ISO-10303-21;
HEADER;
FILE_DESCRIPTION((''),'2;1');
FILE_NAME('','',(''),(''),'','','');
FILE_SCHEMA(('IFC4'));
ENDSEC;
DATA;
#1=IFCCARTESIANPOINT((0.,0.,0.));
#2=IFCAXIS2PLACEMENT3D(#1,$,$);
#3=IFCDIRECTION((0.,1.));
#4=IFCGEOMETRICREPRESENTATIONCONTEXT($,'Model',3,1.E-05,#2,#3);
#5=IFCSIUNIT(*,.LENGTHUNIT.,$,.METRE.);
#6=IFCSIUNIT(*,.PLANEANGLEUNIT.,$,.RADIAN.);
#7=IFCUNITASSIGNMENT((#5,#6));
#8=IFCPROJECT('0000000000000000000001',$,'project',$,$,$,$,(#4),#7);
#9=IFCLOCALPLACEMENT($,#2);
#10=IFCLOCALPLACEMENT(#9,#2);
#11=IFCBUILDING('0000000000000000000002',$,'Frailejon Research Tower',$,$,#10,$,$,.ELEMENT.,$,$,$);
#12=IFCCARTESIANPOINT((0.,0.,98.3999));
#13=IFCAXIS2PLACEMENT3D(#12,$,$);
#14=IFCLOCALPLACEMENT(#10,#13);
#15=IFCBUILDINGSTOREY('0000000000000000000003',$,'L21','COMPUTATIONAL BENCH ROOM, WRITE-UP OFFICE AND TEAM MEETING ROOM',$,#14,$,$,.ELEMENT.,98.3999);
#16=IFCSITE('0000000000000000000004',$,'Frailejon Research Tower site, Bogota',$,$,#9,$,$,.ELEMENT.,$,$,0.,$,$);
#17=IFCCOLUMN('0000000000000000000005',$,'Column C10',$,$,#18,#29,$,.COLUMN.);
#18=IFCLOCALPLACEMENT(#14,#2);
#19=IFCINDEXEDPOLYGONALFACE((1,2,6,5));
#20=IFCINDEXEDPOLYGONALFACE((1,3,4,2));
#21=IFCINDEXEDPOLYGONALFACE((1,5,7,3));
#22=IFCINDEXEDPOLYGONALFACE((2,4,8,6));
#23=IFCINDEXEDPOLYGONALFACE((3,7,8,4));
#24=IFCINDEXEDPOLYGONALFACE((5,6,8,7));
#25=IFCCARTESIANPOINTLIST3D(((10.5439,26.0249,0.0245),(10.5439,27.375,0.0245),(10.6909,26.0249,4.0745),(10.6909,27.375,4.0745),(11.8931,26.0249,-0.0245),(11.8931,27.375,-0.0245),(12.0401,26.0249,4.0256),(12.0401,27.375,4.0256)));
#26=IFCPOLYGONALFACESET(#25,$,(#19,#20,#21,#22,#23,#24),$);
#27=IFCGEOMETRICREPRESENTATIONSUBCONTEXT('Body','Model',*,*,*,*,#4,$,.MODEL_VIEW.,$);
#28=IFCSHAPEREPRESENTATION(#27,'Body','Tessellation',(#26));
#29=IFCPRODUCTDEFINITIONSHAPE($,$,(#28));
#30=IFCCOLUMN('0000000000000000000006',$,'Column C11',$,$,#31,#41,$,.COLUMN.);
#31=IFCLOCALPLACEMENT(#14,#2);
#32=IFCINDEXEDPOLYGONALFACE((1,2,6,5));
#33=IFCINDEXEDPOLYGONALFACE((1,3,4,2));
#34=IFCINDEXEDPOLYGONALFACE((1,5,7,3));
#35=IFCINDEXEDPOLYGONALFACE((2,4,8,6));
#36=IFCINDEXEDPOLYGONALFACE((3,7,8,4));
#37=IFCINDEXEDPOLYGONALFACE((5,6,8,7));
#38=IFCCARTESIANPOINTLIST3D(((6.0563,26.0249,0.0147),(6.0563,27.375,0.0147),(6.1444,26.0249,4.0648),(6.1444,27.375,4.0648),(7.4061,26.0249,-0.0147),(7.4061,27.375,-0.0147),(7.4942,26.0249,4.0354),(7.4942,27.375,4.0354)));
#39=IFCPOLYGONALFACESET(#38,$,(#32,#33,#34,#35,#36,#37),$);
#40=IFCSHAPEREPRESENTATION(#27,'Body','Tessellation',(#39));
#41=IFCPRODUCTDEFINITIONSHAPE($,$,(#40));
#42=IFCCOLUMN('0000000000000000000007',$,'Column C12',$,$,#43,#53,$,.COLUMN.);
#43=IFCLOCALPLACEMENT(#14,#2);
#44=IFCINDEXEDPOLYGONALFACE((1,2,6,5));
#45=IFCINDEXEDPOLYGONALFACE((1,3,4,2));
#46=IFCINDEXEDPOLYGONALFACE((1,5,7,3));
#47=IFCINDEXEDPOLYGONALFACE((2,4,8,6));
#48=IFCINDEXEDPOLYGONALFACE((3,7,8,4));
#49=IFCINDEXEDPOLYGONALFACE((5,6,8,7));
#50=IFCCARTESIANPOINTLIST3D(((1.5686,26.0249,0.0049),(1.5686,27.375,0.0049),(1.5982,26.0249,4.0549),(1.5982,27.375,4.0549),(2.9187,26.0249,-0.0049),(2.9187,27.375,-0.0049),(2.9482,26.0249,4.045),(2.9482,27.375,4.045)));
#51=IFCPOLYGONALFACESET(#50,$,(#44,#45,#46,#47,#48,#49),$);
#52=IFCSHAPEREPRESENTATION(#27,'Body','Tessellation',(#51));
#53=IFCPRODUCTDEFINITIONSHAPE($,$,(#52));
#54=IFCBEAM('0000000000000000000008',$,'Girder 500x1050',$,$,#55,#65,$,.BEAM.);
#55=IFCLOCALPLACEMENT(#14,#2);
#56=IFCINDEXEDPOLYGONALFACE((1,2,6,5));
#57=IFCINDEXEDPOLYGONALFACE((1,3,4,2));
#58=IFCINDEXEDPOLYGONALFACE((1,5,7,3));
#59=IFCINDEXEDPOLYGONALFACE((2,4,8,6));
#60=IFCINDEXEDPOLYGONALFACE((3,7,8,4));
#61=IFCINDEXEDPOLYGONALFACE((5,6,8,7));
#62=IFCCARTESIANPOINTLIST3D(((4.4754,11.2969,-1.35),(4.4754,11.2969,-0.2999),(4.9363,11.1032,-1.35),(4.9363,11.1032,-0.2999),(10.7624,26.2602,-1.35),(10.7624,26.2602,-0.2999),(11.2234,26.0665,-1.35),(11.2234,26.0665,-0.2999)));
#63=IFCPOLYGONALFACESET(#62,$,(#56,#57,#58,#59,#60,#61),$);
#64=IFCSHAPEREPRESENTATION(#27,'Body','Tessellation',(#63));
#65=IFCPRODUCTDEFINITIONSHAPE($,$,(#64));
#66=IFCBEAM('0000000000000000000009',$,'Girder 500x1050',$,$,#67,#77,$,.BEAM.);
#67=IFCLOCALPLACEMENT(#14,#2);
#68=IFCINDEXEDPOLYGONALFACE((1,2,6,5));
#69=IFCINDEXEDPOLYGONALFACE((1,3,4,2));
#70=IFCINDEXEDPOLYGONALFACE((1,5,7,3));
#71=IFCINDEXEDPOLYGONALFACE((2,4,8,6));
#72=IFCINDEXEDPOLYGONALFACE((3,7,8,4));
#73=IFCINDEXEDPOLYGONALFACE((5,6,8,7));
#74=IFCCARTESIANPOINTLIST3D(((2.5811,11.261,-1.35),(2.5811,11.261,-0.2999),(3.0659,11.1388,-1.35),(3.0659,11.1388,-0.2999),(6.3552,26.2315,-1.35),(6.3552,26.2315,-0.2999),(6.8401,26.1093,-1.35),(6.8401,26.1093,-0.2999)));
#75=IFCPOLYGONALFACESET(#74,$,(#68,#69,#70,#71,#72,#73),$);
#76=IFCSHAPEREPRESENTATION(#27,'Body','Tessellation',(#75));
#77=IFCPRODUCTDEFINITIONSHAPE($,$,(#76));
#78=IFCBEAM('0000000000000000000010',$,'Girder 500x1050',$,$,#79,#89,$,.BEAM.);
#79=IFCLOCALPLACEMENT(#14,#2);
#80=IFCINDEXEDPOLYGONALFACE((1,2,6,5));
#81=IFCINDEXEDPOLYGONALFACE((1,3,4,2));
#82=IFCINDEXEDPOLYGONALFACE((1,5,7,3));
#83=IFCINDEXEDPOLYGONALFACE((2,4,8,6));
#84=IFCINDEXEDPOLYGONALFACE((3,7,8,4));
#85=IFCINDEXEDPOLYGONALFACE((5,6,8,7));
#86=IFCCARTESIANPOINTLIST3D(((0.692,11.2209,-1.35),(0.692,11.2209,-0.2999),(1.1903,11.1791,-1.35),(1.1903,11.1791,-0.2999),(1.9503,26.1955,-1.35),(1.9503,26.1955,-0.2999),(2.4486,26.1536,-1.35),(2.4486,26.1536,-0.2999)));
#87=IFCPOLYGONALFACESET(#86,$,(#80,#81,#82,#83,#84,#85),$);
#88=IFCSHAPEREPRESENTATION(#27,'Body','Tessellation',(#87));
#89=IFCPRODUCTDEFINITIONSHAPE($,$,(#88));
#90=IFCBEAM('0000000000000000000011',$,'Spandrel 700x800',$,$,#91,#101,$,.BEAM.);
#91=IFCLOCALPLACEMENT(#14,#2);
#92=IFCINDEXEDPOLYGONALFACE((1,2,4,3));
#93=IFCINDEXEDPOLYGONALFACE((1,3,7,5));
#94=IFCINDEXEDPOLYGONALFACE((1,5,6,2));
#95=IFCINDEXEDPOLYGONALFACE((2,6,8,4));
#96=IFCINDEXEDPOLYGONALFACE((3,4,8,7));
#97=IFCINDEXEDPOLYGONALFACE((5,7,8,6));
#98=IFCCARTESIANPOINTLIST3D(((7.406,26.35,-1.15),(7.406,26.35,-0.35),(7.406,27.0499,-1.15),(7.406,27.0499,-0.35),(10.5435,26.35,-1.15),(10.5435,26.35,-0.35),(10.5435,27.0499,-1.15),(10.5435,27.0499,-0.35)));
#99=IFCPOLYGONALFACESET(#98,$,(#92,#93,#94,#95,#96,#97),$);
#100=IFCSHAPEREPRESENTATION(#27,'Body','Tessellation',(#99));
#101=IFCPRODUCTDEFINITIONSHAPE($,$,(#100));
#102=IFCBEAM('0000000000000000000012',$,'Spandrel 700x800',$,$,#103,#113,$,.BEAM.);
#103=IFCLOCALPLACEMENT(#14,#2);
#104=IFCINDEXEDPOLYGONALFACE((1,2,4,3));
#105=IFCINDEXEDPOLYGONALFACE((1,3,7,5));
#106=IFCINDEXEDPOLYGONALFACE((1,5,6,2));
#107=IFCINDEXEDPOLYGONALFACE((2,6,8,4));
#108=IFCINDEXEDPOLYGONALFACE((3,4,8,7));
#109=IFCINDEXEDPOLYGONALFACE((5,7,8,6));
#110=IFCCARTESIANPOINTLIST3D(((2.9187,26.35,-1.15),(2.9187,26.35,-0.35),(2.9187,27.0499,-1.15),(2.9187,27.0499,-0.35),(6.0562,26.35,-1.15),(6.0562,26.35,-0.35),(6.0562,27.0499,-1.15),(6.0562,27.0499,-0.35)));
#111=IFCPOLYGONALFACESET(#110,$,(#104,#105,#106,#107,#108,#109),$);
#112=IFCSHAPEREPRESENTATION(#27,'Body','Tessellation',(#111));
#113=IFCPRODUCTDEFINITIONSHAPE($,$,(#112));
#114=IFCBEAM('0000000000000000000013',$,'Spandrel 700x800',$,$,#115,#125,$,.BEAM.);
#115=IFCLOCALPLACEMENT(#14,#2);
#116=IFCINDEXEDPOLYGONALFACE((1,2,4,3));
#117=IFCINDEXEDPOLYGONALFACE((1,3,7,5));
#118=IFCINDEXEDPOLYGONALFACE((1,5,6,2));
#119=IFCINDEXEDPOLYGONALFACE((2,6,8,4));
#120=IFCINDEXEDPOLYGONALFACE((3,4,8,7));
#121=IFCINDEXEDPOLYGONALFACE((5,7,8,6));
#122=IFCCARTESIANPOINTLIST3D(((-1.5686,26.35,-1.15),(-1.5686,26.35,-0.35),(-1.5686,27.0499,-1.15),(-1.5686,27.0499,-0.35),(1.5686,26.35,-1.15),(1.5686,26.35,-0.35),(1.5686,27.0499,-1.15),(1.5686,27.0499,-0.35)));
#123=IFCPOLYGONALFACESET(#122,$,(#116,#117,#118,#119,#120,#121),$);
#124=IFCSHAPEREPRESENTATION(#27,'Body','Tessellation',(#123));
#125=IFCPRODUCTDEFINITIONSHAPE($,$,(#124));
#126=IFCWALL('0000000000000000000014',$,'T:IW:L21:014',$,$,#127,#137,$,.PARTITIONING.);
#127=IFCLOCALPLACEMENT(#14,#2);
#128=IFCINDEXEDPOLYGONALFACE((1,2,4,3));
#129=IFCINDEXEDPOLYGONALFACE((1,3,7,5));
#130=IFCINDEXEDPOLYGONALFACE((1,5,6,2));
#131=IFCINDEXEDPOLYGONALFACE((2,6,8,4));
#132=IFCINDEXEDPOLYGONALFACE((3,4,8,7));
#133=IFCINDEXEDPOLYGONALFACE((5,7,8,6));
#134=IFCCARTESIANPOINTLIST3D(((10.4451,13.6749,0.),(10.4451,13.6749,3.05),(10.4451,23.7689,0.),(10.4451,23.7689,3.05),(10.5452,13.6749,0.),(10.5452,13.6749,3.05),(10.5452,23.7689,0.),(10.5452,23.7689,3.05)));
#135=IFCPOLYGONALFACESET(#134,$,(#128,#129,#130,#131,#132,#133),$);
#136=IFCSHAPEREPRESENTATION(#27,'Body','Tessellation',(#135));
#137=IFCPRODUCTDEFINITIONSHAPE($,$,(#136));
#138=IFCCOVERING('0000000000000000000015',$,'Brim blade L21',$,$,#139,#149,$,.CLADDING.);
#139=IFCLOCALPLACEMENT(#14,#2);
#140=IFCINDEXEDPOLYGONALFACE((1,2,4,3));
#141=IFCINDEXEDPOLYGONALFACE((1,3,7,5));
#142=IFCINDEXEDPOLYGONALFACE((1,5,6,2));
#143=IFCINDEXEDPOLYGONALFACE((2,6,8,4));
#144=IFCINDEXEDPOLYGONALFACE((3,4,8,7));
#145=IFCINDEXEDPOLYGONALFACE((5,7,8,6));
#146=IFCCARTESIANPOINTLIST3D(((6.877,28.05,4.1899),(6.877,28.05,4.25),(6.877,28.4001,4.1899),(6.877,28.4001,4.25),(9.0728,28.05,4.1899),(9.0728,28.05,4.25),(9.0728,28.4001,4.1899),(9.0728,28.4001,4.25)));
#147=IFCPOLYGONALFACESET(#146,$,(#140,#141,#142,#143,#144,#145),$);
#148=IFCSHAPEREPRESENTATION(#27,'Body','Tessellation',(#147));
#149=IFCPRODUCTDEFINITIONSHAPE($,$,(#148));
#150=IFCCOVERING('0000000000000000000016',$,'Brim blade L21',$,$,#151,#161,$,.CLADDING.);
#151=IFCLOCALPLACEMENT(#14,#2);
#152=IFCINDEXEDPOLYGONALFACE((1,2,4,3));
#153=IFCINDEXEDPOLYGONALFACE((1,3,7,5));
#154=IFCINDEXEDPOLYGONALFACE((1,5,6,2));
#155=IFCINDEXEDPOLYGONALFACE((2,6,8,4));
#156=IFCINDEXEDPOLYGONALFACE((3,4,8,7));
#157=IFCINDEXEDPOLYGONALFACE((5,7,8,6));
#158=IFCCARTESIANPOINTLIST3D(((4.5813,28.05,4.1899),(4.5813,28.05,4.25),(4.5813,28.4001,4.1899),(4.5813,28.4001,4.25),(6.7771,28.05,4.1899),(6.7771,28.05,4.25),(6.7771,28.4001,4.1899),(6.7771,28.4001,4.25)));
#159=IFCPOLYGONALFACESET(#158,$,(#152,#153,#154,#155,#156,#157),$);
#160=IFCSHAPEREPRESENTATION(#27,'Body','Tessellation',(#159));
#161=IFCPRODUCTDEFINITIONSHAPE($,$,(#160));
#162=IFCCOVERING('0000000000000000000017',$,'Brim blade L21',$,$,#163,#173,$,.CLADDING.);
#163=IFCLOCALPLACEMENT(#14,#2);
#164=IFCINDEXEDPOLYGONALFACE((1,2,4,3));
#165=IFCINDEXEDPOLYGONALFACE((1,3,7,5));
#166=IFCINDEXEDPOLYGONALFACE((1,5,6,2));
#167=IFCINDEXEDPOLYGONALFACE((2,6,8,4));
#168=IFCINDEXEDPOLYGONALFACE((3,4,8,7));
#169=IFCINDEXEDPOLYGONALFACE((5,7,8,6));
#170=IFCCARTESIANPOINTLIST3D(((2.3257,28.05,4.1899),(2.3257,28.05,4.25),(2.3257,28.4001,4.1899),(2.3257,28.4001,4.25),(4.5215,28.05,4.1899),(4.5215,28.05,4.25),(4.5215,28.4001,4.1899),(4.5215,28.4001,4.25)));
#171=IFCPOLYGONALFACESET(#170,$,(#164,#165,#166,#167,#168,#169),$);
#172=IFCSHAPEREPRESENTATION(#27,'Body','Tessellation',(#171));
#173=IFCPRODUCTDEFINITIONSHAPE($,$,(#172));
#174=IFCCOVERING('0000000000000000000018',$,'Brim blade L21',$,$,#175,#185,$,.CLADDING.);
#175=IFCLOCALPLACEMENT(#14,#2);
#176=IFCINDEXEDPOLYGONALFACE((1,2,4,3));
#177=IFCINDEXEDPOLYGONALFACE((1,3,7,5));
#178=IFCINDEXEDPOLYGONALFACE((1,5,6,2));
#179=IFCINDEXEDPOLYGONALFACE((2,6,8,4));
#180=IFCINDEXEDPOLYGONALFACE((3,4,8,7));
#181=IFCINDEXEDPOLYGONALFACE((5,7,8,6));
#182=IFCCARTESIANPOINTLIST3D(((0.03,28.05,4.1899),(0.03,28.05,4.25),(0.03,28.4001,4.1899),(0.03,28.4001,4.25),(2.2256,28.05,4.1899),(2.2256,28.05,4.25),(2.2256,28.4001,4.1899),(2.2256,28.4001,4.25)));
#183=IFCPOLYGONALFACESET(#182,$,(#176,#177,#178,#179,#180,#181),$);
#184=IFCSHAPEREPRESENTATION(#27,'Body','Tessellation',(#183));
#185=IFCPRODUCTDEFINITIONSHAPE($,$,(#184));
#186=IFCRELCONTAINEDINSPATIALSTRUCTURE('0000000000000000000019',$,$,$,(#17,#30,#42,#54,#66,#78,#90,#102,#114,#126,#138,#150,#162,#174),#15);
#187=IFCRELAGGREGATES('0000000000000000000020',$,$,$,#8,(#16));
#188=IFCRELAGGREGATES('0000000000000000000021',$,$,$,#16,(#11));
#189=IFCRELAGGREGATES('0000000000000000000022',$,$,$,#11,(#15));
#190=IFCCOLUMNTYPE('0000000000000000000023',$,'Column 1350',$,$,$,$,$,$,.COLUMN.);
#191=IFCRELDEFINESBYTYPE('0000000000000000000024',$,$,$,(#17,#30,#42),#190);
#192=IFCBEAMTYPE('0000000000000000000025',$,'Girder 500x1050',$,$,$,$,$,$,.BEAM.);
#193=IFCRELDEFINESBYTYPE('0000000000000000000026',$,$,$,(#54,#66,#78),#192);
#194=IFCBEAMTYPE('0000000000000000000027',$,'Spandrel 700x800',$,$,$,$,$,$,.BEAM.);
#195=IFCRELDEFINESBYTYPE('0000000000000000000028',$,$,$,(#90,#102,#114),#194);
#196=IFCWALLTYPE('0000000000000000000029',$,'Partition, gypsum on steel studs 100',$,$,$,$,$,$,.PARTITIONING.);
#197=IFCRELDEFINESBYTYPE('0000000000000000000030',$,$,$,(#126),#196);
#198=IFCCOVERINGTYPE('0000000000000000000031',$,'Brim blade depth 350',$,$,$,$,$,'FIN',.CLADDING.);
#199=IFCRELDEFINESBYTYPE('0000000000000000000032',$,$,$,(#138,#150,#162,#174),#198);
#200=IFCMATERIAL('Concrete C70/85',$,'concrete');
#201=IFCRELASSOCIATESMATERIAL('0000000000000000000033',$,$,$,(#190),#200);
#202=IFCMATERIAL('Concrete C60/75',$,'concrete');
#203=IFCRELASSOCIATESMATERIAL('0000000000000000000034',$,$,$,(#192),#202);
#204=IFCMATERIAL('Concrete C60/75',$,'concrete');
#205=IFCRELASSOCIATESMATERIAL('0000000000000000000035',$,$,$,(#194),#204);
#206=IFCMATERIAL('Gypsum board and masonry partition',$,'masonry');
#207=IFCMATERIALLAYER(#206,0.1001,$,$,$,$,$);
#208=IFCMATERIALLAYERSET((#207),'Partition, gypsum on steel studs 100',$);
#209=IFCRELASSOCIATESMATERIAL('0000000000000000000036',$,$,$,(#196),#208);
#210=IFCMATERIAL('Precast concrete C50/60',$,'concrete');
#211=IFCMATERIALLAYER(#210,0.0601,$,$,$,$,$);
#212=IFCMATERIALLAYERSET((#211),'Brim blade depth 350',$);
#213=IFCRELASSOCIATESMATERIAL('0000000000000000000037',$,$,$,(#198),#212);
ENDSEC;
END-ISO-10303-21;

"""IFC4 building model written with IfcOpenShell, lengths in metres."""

from ifc_helpers import new_model, si_unit, direction, frame, frame_2d, origin, origin_2d, place, context, subcontext, project, spatial, polyline, rectangle, outline, extrude, material, layer, layer_set, material_profile, profile_set, type_object, element, save


model = new_model("IFC4")

# Units and contexts
model_context = context("Model", 3, precision=1e-05, world=origin(), true_north=direction((0.0, 1.0)))
body_context = subcontext(model_context, "Body", "Model", "MODEL_VIEW")
ifc_project = project(units=[si_unit("LENGTHUNIT", "METRE"), si_unit("PLANEANGLEUNIT", "RADIAN")], contexts=[model_context])

# Site, building, storey
site_placement = place(None, origin())
site = spatial("IfcSite", under=ifc_project, at=site_placement, Name="Frailejon Research Tower site, Bogota", CompositionType="ELEMENT", RefElevation=0.0)
building_placement = place(site_placement, origin())
building = spatial("IfcBuilding", under=site, at=building_placement, Name="Frailejon Research Tower", CompositionType="ELEMENT")
storey_placement = place(building_placement, frame((0.0, 0.0, 98.3999)))
storey = spatial("IfcBuildingStorey", under=building, at=storey_placement, Name="L21", Description="COMPUTATIONAL BENCH ROOM, WRITE-UP OFFICE AND TEAM MEETING ROOM", CompositionType="ELEMENT", Elevation=98.3999)

# Columns
ifc_material_1 = material(Name="Concrete C70/85", Category="concrete")
ifc_material_profile_1 = material_profile(ifc_material_1, rectangle(XDim=1.3501, YDim=1.3501, at=origin_2d()), Name="Column 1350")
ifc_profile_set_1 = profile_set([ifc_material_profile_1], Name="Concrete C70/85")
column_type = type_object("IfcColumnType", Name="Column 1350", PredefinedType="COLUMN", material=ifc_profile_set_1)
column_1_placement = place(storey_placement, frame((11.2185, 26.7, 0.0), z_axis=(0.036265, 0.0, 0.999342), x_axis=(-0.999342, 0.0, 0.036265)))
element("IfcColumn", 1, at=column_1_placement, inside=storey, type_object=column_type, Name="Column C10", PredefinedType="COLUMN", context=body_context, shape_type="SweptSolid", body=[
    extrude(rectangle(XDim=1.3501, YDim=1.3501, at=origin_2d()), origin(), (0.0, 0.0, 1.0), 4.0527),
])
column_2_placement = place(storey_placement, frame((6.7312, 26.7, 0.0), z_axis=(0.021756, 0.0, 0.999763), x_axis=(-0.999763, 0.0, 0.021756)))
element("IfcColumn", 2, at=column_2_placement, inside=storey, type_object=column_type, Name="Column C11", PredefinedType="COLUMN", context=body_context, shape_type="SweptSolid", body=[
    extrude(rectangle(XDim=1.3501, YDim=1.3501, at=origin_2d()), origin(), (0.0, 0.0, 1.0), 4.051),
])
column_3_placement = place(storey_placement, frame((2.2437, 26.7, 0.0), z_axis=(0.007294, 0.0, 0.999973), x_axis=(-0.999973, 0.0, 0.007294)))
element("IfcColumn", 3, at=column_3_placement, inside=storey, type_object=column_type, Name="Column C12", PredefinedType="COLUMN", context=body_context, shape_type="SweptSolid", body=[
    extrude(rectangle(XDim=1.3501, YDim=1.3501, at=origin_2d()), origin(), (0.0, 0.0, 1.0), 4.05),
])

# Beams
ifc_material_2 = material(Name="Concrete C60/75", Category="concrete")
ifc_material_profile_2 = material_profile(ifc_material_2, rectangle(XDim=0.5, YDim=1.05, at=origin_2d()), Name="Girder 500x1050")
ifc_profile_set_2 = profile_set([ifc_material_profile_2], Name="Concrete C60/75")
beam_type_1 = type_object("IfcBeamType", Name="Girder 500x1050", PredefinedType="BEAM", material=ifc_profile_set_2)
beam_1_placement = place(storey_placement, frame((10.9929, 26.1633, -0.825), z_axis=(-0.387363, -0.921927, 0.0), x_axis=(0.921927, -0.387363, 0.0)))
element("IfcBeam", 4, at=beam_1_placement, inside=storey, type_object=beam_type_1, Name="Girder 500x1050", PredefinedType="BEAM", context=body_context, shape_type="SweptSolid", body=[
    extrude(rectangle(XDim=0.5, YDim=1.05, at=origin_2d()), origin(), (0.0, 0.0, 1.0), 16.2305),
])
beam_2_placement = place(storey_placement, frame((6.5977, 26.1704, -0.825), z_axis=(-0.244459, -0.96966, 0.0), x_axis=(0.96966, -0.244459, 0.0)))
element("IfcBeam", 5, at=beam_2_placement, inside=storey, type_object=beam_type_1, Name="Girder 500x1050", PredefinedType="BEAM", context=body_context, shape_type="SweptSolid", body=[
    extrude(rectangle(XDim=0.5, YDim=1.05, at=origin_2d()), origin(), (0.0, 0.0, 1.0), 15.439),
])
beam_3_placement = place(storey_placement, frame((2.1995, 26.1746, -0.825), z_axis=(-0.083734, -0.996488, 0.0), x_axis=(0.996488, -0.083734, 0.0)))
element("IfcBeam", 6, at=beam_3_placement, inside=storey, type_object=beam_type_1, Name="Girder 500x1050", PredefinedType="BEAM", context=body_context, shape_type="SweptSolid", body=[
    extrude(rectangle(XDim=0.5, YDim=1.05, at=origin_2d()), origin(), (0.0, 0.0, 1.0), 15.0273),
])
ifc_material_3 = material(Name="Concrete C60/75", Category="concrete")
ifc_material_profile_3 = material_profile(ifc_material_3, rectangle(XDim=0.7, YDim=0.8, at=origin_2d()), Name="Spandrel 700x800")
ifc_profile_set_3 = profile_set([ifc_material_profile_3], Name="Concrete C60/75")
beam_type_2 = type_object("IfcBeamType", Name="Spandrel 700x800", PredefinedType="BEAM", material=ifc_profile_set_3)
for number, where, z_axis, x_axis, name in (
    (7, (10.5435, 26.7, -0.75), (-1.0, 0.0, 0.0), (0.0, -1.0, 0.0), "Spandrel 700x800"),
    (8, (6.0562, 26.7, -0.75), (-1.0, 0.0, 0.0), (0.0, -1.0, 0.0), "Spandrel 700x800"),
):
    element("IfcBeam", number, at=place(storey_placement, frame(where, z_axis=z_axis, x_axis=x_axis)), inside=storey, type_object=beam_type_2, Name=name, PredefinedType="BEAM", context=body_context, shape_type="SweptSolid", body=[
        extrude(rectangle(XDim=0.7, YDim=0.8, at=origin_2d()), origin(), (0.0, 0.0, 1.0), 3.1375),
    ])
beam_4_placement = place(storey_placement, frame((1.5686, 26.7, -0.75), z_axis=(-1.0, 0.0, 0.0), x_axis=(0.0, -1.0, 0.0)))
element("IfcBeam", 9, at=beam_4_placement, inside=storey, type_object=beam_type_2, Name="Spandrel 700x800", PredefinedType="BEAM", context=body_context, shape_type="SweptSolid", body=[
    extrude(rectangle(XDim=0.7, YDim=0.8, at=origin_2d()), origin(), (0.0, 0.0, 1.0), 3.1372),
])

# Wall
ifc_material_4 = material(Name="Gypsum board and masonry partition", Category="masonry")
ifc_layer_1 = layer(ifc_material_4, 0.1001)
ifc_layer_set_1 = layer_set([ifc_layer_1], Name="Partition, gypsum on steel studs 100")
wall_type_1 = type_object("IfcWallType", Name="Partition, gypsum on steel studs 100", PredefinedType="PARTITIONING", material=ifc_layer_set_1)
wall_1_placement = place(storey_placement, frame((10.4951, 13.675, 0.0), z_axis=(0.0, 0.0, 1.0), x_axis=(0.0, 1.0, 0.0)))
element("IfcWall", 10, at=wall_1_placement, inside=storey, type_object=wall_type_1, Name="T:IW:L21:014", PredefinedType="PARTITIONING", context=body_context, shape_type="SweptSolid", body=[
    extrude(rectangle(XDim=10.094, YDim=0.1001, at=frame_2d((5.0469, 0.0))), origin(), (0.0, 0.0, 1.0), 3.05),
])

# Coverings
ifc_material_5 = material(Name="Precast concrete C50/60", Category="concrete")
ifc_layer_2 = layer(ifc_material_5, 0.0601)
ifc_layer_set_2 = layer_set([ifc_layer_2], Name="Brim blade depth 350")
covering_type_1 = type_object("IfcCoveringType", Name="Brim blade depth 350", ElementType="FIN", PredefinedType="CLADDING", material=ifc_layer_set_2)
for number, where, z_axis, x_axis, name in (
    (11, (6.877, 28.05, 4.25), (1.0, 0.0, 0.0), (0.0, 1.0, 0.0), "Brim blade L21"),
    (12, (4.5813, 28.05, 4.25), (1.0, 0.0, 0.0), (0.0, 1.0, 0.0), "Brim blade L21"),
    (13, (2.3257, 28.05, 4.25), (1.0, 0.0, 0.0), (0.0, 1.0, 0.0), "Brim blade L21"),
):
    element("IfcCovering", number, at=place(storey_placement, frame(where, z_axis=z_axis, x_axis=x_axis)), inside=storey, type_object=covering_type_1, Name=name, PredefinedType="CLADDING", context=body_context, shape_type="SweptSolid", body=[
        extrude(outline(polyline([(0.0, -0.0601), (0.3501, -0.0601), (0.3501, 0.0), (0.0, 0.0), (0.0, -0.0601)])), origin(), (0.0, 0.0, 1.0), 2.1958),
    ])
covering_1_placement = place(storey_placement, frame((0.03, 28.05, 4.25), z_axis=(1.0, 0.0, 0.0), x_axis=(0.0, 1.0, 0.0)))
element("IfcCovering", 14, at=covering_1_placement, inside=storey, type_object=covering_type_1, Name="Brim blade L21", PredefinedType="CLADDING", context=body_context, shape_type="SweptSolid", body=[
    extrude(outline(polyline([(0.0, -0.0601), (0.3501, -0.0601), (0.3501, 0.0), (0.0, 0.0), (0.0, -0.0601)])), origin(), (0.0, 0.0, 1.0), 2.1956),
])

save(model, "model.ifc")
